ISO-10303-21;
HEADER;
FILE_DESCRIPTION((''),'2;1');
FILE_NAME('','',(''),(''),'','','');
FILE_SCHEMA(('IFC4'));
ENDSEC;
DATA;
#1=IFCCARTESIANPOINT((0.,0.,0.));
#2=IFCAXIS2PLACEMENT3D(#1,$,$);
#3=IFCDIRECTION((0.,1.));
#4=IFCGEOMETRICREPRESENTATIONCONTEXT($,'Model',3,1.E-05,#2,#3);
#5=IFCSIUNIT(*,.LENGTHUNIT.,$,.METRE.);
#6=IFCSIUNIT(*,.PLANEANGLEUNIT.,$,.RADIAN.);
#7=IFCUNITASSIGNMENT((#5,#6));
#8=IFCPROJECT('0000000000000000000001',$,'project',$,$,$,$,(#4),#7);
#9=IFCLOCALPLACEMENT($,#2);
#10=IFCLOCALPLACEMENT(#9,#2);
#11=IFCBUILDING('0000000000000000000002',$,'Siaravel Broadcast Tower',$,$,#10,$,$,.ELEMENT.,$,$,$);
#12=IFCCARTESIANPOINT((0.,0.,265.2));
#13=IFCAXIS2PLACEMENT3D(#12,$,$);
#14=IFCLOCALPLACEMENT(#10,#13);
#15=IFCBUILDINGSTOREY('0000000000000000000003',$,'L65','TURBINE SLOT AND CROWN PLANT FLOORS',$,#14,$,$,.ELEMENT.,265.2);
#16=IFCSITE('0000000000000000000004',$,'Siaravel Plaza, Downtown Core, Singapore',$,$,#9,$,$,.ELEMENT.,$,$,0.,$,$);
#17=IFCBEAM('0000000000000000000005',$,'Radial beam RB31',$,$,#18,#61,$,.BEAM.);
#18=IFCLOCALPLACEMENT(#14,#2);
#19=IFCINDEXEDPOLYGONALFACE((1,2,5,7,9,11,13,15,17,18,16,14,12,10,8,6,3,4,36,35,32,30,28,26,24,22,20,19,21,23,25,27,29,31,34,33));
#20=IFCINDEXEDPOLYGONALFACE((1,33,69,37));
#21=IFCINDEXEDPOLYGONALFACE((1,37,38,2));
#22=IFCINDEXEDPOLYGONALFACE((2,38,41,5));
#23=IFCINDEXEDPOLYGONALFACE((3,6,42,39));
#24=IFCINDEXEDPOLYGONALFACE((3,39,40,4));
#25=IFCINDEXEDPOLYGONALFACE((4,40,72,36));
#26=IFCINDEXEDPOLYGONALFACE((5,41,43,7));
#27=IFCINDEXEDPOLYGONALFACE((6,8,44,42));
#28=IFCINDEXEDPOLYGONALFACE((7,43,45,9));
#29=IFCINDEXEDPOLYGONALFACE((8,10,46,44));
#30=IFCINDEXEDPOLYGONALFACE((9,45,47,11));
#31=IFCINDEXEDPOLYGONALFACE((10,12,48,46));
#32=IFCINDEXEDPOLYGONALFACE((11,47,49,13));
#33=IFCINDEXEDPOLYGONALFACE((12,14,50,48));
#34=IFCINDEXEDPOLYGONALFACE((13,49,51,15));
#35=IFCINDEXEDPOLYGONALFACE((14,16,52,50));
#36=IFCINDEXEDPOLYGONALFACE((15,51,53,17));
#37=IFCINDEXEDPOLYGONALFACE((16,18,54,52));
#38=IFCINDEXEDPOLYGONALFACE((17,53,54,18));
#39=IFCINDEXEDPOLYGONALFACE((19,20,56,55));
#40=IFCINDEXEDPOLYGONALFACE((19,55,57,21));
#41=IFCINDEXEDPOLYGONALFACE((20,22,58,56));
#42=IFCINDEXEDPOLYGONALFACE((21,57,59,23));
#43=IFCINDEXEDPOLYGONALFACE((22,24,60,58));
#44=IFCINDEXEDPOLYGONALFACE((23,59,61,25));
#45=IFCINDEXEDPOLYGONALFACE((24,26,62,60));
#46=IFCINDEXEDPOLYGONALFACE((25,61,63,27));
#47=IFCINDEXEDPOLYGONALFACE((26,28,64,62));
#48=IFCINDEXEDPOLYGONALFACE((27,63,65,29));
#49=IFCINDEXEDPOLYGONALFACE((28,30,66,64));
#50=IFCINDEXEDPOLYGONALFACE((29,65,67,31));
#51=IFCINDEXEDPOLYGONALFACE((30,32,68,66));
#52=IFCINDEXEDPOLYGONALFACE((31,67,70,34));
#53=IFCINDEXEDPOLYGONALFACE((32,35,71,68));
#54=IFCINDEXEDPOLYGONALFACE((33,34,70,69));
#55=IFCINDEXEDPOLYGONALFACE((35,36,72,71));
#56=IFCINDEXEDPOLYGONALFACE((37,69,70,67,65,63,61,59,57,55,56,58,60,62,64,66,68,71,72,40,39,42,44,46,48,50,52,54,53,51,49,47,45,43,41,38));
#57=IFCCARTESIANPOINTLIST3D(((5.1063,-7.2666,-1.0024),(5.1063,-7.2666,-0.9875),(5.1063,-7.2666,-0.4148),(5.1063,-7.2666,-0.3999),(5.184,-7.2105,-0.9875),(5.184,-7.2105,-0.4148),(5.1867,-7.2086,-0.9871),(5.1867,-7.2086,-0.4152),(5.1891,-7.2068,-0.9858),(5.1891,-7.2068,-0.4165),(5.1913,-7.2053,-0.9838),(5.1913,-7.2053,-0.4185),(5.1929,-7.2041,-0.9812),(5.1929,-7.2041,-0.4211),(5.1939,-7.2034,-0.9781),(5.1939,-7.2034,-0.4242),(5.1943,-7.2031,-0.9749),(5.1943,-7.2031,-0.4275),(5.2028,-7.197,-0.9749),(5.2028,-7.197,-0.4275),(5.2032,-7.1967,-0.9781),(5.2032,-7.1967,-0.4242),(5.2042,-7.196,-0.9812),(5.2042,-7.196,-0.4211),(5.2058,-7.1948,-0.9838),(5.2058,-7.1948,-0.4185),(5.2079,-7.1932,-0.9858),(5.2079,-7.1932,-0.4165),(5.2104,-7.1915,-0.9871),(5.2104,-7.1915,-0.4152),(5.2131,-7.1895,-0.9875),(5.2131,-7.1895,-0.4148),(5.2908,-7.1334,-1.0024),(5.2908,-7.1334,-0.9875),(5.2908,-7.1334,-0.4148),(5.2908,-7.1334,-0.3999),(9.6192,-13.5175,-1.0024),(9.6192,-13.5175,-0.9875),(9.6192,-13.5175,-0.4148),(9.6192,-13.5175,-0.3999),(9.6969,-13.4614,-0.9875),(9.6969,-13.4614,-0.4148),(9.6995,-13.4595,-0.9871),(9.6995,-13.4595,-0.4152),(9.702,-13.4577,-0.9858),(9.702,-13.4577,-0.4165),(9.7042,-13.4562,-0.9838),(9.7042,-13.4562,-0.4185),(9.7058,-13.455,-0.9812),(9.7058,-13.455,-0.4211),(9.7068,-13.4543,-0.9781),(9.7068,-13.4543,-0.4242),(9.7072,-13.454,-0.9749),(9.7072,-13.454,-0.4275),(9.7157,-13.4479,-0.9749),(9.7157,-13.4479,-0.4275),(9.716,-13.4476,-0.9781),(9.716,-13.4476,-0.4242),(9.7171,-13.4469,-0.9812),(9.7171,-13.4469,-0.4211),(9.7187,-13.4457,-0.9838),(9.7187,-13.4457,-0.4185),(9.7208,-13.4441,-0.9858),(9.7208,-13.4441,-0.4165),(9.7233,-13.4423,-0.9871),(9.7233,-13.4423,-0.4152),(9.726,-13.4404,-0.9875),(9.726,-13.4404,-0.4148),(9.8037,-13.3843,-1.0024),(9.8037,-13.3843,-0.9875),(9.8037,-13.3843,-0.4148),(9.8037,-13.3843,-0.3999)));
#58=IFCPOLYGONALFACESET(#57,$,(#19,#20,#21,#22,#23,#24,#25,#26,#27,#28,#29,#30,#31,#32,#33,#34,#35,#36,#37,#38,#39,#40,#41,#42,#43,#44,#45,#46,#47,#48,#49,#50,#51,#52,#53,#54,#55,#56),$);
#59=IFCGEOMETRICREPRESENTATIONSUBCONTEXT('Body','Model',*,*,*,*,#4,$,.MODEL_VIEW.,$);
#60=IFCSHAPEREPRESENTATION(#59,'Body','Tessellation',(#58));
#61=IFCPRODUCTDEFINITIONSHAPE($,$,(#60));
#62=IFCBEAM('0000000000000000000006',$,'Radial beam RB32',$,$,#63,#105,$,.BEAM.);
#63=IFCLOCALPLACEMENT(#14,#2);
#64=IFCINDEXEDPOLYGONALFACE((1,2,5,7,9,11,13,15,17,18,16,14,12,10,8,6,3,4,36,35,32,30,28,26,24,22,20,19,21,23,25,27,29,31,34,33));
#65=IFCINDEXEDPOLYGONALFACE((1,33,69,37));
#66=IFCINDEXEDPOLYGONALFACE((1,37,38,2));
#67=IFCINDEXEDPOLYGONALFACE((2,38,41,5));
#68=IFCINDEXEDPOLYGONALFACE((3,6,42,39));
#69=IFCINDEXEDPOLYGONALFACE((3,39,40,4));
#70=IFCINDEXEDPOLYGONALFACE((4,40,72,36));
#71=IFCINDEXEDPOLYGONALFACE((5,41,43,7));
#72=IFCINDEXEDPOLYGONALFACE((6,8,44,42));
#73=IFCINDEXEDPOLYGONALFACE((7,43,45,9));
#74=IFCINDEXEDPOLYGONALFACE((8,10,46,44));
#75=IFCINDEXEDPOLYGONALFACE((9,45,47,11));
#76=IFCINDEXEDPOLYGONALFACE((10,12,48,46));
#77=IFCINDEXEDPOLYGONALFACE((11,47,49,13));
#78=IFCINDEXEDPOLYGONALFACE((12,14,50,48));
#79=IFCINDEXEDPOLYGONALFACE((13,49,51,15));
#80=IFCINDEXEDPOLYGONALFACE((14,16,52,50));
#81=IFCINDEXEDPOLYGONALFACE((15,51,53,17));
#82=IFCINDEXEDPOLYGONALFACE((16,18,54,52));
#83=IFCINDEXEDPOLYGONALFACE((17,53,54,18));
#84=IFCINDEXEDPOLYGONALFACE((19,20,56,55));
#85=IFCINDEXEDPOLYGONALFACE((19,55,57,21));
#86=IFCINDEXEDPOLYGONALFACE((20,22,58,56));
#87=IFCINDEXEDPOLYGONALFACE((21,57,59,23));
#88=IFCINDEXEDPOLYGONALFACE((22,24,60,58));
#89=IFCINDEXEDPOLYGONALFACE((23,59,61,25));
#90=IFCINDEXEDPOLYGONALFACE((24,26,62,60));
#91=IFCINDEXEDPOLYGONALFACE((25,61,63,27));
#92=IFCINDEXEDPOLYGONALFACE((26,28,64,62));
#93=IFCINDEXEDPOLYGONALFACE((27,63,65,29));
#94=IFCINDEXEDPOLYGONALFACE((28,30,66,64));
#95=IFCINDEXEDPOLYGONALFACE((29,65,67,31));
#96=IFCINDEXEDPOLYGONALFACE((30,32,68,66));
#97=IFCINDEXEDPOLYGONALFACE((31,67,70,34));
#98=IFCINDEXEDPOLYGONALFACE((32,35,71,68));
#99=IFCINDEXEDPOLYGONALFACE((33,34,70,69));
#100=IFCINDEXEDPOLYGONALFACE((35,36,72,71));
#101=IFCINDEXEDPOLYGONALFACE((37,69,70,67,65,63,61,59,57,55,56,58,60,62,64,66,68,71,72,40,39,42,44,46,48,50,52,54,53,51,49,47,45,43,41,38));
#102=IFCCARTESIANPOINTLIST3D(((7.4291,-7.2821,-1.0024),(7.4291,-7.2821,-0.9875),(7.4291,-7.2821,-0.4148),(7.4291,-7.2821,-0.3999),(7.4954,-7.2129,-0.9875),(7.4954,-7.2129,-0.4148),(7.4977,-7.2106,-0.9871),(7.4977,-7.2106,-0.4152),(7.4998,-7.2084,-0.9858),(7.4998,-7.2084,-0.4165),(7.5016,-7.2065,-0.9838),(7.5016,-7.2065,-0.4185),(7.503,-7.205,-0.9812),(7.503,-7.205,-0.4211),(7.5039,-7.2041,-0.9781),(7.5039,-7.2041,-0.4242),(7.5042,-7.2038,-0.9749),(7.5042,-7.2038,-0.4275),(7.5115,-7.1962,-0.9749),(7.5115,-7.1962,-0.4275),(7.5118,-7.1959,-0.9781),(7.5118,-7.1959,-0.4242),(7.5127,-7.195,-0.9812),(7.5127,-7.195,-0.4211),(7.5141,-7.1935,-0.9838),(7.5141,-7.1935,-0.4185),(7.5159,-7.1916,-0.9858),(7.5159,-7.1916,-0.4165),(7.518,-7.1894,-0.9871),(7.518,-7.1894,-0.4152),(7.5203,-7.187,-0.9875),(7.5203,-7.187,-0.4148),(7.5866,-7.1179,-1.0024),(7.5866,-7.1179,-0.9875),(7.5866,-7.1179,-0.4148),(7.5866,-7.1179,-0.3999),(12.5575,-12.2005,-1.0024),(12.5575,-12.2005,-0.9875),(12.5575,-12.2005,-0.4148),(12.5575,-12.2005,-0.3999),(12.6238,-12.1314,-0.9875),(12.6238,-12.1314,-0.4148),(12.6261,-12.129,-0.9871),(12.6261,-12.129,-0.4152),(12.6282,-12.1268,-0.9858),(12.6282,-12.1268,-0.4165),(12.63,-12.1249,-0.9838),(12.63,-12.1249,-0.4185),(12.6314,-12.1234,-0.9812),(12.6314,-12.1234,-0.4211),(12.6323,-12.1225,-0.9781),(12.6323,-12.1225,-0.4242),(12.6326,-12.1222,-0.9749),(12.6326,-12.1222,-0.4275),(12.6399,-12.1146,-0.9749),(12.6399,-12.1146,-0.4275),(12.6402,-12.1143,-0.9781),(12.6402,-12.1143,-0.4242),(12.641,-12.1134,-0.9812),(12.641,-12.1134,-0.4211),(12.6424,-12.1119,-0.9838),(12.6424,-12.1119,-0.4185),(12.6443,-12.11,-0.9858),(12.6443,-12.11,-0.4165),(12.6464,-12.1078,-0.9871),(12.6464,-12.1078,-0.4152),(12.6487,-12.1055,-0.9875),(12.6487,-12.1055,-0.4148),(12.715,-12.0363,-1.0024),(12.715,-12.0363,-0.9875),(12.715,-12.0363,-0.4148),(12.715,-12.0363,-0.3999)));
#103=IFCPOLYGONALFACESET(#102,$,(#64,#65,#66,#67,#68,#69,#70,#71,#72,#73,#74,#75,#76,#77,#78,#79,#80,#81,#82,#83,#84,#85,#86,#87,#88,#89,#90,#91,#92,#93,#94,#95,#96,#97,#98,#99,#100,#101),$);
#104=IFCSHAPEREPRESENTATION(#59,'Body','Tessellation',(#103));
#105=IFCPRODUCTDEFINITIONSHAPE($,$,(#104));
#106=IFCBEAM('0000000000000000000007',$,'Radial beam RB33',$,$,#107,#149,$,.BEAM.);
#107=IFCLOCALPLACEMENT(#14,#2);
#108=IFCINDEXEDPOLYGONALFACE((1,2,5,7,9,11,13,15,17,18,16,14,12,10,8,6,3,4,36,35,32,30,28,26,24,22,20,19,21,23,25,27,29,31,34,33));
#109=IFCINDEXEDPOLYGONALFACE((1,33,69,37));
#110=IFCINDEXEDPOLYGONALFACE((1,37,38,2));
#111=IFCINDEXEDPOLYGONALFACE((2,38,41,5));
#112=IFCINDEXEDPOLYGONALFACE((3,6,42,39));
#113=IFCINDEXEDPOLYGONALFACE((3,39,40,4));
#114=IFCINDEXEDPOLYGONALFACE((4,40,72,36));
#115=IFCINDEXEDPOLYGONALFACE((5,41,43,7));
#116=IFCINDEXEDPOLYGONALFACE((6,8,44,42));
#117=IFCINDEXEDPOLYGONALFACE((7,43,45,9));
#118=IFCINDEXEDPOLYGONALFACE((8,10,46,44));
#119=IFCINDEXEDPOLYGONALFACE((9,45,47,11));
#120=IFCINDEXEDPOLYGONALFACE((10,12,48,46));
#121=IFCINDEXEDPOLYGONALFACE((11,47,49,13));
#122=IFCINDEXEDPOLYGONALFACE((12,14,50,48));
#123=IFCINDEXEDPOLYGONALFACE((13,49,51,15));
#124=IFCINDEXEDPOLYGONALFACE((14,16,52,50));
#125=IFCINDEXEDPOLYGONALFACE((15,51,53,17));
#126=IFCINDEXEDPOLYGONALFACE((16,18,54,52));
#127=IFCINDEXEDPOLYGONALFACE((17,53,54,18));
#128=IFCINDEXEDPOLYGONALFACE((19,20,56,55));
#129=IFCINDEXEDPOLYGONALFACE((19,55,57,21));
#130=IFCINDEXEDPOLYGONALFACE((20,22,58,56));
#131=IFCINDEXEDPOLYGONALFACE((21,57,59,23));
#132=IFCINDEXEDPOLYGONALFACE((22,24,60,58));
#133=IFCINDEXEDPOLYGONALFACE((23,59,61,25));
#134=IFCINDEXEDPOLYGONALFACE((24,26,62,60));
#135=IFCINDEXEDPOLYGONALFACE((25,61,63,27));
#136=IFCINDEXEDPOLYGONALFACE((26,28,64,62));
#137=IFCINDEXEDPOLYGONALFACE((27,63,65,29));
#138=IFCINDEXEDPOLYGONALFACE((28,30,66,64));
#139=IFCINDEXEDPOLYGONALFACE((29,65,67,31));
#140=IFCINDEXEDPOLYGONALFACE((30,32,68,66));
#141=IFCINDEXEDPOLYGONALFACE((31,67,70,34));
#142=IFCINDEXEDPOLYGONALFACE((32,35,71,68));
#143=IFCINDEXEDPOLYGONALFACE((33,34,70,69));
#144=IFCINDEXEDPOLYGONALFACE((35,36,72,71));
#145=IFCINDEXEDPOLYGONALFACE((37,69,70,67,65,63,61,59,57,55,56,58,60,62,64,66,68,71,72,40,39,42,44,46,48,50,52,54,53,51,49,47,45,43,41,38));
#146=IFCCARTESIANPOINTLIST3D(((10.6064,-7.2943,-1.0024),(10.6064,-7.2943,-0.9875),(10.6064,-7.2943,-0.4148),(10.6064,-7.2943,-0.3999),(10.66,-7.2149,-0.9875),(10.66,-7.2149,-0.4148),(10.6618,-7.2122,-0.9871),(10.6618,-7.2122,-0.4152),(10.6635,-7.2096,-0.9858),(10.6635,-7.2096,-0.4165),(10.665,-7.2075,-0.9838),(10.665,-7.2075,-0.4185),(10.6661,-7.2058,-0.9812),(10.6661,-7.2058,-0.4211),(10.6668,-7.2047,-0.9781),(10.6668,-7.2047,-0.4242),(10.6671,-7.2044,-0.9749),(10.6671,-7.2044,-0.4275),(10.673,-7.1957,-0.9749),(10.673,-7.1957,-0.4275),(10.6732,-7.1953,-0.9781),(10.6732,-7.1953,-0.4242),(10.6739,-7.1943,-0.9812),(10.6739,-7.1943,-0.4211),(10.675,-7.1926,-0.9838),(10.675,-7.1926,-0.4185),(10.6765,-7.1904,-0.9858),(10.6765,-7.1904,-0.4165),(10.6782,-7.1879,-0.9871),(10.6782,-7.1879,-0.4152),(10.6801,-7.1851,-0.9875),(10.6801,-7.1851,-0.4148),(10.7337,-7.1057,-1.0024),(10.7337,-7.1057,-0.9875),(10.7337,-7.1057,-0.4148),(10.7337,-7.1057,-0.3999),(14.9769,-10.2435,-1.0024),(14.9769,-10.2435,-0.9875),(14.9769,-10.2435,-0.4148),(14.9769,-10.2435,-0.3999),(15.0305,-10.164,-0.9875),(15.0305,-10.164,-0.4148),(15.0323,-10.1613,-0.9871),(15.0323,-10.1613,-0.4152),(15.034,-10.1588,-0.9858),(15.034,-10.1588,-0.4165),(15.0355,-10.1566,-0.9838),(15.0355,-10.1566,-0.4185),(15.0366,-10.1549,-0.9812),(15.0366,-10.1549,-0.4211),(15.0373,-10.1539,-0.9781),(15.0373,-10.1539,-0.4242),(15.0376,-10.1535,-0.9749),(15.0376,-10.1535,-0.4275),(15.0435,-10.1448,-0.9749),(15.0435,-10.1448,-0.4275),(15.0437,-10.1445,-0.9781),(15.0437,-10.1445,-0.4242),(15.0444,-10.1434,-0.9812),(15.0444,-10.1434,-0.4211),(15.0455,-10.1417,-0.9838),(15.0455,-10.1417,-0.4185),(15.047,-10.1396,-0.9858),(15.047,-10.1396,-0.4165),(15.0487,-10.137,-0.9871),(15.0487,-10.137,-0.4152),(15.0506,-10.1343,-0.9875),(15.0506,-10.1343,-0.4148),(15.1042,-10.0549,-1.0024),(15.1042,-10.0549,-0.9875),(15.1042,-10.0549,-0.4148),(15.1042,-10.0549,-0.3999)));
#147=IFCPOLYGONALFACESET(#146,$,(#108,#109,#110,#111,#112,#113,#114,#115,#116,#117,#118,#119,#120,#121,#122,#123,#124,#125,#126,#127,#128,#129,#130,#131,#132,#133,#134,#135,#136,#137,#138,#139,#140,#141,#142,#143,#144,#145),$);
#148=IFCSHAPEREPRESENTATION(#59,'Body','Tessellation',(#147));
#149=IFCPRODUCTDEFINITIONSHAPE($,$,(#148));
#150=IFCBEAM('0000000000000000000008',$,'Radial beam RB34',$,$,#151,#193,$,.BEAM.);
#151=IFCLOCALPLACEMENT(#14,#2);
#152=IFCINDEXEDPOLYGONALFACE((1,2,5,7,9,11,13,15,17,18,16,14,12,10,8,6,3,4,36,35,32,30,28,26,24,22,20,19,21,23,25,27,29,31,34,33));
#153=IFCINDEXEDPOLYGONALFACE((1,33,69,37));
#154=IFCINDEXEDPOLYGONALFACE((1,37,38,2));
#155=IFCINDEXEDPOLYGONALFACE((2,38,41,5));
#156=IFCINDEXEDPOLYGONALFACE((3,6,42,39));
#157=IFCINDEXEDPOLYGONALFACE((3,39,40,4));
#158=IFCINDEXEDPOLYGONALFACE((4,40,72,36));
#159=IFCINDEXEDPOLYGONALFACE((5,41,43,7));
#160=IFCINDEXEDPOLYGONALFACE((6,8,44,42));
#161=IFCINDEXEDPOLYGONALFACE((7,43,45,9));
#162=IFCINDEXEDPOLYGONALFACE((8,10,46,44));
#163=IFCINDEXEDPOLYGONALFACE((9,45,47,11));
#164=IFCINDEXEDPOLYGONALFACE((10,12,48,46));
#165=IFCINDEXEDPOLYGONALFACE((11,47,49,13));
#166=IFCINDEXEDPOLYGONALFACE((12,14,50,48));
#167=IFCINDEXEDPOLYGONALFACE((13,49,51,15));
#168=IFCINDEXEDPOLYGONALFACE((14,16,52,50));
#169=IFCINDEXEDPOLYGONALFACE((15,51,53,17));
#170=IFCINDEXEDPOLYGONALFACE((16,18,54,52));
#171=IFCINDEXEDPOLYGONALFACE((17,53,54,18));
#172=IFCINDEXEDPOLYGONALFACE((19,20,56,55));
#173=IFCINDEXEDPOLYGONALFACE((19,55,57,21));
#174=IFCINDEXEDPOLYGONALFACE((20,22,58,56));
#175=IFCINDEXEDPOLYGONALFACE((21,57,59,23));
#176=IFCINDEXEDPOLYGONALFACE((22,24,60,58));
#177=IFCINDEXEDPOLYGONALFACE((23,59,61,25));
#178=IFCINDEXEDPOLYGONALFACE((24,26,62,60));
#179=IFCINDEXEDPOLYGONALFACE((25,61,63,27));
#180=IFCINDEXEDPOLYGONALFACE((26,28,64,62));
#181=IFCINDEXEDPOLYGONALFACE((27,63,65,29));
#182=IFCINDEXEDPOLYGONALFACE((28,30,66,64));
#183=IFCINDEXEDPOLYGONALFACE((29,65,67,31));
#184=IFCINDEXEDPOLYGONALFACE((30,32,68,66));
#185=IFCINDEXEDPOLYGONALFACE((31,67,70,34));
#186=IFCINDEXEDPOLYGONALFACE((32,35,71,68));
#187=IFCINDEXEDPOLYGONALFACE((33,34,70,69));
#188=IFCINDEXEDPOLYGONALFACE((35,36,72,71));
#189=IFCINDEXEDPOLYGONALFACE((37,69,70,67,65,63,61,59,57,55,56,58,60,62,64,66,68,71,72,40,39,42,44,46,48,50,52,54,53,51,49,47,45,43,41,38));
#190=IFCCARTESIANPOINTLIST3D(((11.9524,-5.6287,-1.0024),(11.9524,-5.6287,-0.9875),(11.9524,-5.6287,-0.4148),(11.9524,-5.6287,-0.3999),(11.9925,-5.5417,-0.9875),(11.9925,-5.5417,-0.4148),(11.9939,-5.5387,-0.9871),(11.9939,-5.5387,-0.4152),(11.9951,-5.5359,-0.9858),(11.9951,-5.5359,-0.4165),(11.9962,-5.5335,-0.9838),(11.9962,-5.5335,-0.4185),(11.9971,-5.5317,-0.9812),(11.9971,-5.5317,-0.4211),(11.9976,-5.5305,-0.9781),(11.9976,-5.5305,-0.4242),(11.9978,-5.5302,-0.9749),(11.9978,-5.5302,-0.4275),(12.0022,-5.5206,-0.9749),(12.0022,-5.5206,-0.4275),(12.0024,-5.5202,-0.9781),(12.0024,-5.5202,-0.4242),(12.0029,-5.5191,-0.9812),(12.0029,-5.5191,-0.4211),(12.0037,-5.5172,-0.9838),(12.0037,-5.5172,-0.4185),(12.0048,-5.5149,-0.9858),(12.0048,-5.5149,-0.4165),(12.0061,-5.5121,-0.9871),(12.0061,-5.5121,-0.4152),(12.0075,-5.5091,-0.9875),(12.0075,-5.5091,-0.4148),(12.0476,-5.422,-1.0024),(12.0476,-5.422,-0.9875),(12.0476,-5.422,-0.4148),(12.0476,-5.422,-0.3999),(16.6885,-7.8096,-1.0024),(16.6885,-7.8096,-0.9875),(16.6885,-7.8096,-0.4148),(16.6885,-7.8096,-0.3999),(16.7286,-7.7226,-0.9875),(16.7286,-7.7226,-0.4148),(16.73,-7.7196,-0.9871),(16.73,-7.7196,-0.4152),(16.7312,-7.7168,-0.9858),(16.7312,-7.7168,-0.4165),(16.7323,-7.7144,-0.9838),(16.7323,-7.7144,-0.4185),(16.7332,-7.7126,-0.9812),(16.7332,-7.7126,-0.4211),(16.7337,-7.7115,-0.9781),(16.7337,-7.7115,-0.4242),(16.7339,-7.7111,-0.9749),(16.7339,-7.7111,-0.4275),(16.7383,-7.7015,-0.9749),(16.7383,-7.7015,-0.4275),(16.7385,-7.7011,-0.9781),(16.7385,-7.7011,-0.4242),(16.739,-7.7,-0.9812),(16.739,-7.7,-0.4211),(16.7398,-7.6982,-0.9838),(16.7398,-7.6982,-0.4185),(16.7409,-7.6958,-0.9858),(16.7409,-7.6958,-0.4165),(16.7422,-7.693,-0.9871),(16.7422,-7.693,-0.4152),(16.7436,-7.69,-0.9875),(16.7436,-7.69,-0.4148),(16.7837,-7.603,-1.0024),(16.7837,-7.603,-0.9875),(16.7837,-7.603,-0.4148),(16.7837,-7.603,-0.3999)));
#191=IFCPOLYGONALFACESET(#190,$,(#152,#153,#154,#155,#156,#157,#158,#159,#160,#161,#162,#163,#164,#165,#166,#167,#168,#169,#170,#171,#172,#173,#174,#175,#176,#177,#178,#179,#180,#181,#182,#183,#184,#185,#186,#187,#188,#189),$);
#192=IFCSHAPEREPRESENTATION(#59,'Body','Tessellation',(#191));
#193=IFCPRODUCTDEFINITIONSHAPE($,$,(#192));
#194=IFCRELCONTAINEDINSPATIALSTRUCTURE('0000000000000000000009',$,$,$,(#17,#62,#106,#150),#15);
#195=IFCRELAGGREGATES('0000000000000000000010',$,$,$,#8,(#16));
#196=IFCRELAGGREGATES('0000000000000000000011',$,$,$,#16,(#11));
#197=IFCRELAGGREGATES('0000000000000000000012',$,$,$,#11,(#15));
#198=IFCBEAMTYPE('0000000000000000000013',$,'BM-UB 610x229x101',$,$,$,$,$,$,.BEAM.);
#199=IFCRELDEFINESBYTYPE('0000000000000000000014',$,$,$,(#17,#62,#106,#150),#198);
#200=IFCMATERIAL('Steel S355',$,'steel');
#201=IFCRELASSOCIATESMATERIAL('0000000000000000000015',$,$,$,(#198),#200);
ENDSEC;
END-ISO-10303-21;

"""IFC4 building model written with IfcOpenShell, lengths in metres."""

from ifc_helpers import new_model, si_unit, direction, frame, origin, origin_2d, place, context, subcontext, project, spatial, i_section, extrude, material, material_profile, profile_set, type_object, element, save


model = new_model("IFC4")

# Units and contexts
model_context = context("Model", 3, precision=1e-05, world=origin(), true_north=direction((0.0, 1.0)))
body_context = subcontext(model_context, "Body", "Model", "MODEL_VIEW")
ifc_project = project(units=[si_unit("LENGTHUNIT", "METRE"), si_unit("PLANEANGLEUNIT", "RADIAN")], contexts=[model_context])

# Site, building, storey
site_placement = place(None, origin())
site = spatial("IfcSite", under=ifc_project, at=site_placement, Name="Siaravel Plaza, Downtown Core, Singapore", CompositionType="ELEMENT", RefElevation=0.0)
building_placement = place(site_placement, origin())
building = spatial("IfcBuilding", under=site, at=building_placement, Name="Siaravel Broadcast Tower", CompositionType="ELEMENT")
storey_placement = place(building_placement, frame((0.0, 0.0, 265.2)))
storey = spatial("IfcBuildingStorey", under=building, at=storey_placement, Name="L65", Description="TURBINE SLOT AND CROWN PLANT FLOORS", CompositionType="ELEMENT", Elevation=265.2)

# Beams
ifc_material_1 = material(Name="Steel S355", Category="steel")
ifc_material_profile_1 = material_profile(ifc_material_1, i_section(OverallWidth=0.2275, OverallDepth=0.6025, WebThickness=0.0105, FlangeThickness=0.0149, FilletRadius=0.0127, at=origin_2d()))
ifc_profile_set_1 = profile_set([ifc_material_profile_1], Name="Steel S355")
beam_type_1 = type_object("IfcBeamType", Name="BM-UB 610x229x101", PredefinedType="BEAM", material=ifc_profile_set_1)
beam_1_placement = place(storey_placement, frame((9.7114, -13.4509, -0.7012), z_axis=(-0.585349, 0.810781, 0.0), x_axis=(-0.810781, -0.585349, 0.0)))
element("IfcBeam", 1, at=beam_1_placement, inside=storey, type_object=beam_type_1, Name="Radial beam RB31", PredefinedType="BEAM", context=body_context, shape_type="SweptSolid", body=[
    extrude(i_section(OverallWidth=0.2275, OverallDepth=0.6025, WebThickness=0.0105, FlangeThickness=0.0149, FilletRadius=0.0127, at=origin_2d()), origin(), (0.0, 0.0, 1.0), 7.7097),
])
beam_2_placement = place(storey_placement, frame((12.6362, -12.1184, -0.7012), z_axis=(-0.721726, 0.692178, 0.0), x_axis=(-0.692178, -0.721726, 0.0)))
element("IfcBeam", 2, at=beam_2_placement, inside=storey, type_object=beam_type_1, Name="Radial beam RB32", PredefinedType="BEAM", context=body_context, shape_type="SweptSolid", body=[
    extrude(i_section(OverallWidth=0.2275, OverallDepth=0.6025, WebThickness=0.0105, FlangeThickness=0.0149, FilletRadius=0.0127, at=origin_2d()), origin(), (0.0, 0.0, 1.0), 7.1057),
])
beam_3_placement = place(storey_placement, frame((15.0405, -10.1492, -0.7012), z_axis=(-0.828931, 0.55935, 0.0), x_axis=(-0.55935, -0.828931, 0.0)))
element("IfcBeam", 3, at=beam_3_placement, inside=storey, type_object=beam_type_1, Name="Radial beam RB33", PredefinedType="BEAM", context=body_context, shape_type="SweptSolid", body=[
    extrude(i_section(OverallWidth=0.2275, OverallDepth=0.6025, WebThickness=0.0105, FlangeThickness=0.0149, FilletRadius=0.0127, at=origin_2d()), origin(), (0.0, 0.0, 1.0), 5.2725),
])
beam_4_placement = place(storey_placement, frame((16.7361, -7.7063, -0.7012), z_axis=(-0.908322, 0.418271, 0.0), x_axis=(-0.418271, -0.908322, 0.0)))
element("IfcBeam", 4, at=beam_4_placement, inside=storey, type_object=beam_type_1, Name="Radial beam RB34", PredefinedType="BEAM", context=body_context, shape_type="SweptSolid", body=[
    extrude(i_section(OverallWidth=0.2275, OverallDepth=0.6025, WebThickness=0.0105, FlangeThickness=0.0149, FilletRadius=0.0127, at=origin_2d()), origin(), (0.0, 0.0, 1.0), 5.2141),
])

save(model, "model.ifc")
